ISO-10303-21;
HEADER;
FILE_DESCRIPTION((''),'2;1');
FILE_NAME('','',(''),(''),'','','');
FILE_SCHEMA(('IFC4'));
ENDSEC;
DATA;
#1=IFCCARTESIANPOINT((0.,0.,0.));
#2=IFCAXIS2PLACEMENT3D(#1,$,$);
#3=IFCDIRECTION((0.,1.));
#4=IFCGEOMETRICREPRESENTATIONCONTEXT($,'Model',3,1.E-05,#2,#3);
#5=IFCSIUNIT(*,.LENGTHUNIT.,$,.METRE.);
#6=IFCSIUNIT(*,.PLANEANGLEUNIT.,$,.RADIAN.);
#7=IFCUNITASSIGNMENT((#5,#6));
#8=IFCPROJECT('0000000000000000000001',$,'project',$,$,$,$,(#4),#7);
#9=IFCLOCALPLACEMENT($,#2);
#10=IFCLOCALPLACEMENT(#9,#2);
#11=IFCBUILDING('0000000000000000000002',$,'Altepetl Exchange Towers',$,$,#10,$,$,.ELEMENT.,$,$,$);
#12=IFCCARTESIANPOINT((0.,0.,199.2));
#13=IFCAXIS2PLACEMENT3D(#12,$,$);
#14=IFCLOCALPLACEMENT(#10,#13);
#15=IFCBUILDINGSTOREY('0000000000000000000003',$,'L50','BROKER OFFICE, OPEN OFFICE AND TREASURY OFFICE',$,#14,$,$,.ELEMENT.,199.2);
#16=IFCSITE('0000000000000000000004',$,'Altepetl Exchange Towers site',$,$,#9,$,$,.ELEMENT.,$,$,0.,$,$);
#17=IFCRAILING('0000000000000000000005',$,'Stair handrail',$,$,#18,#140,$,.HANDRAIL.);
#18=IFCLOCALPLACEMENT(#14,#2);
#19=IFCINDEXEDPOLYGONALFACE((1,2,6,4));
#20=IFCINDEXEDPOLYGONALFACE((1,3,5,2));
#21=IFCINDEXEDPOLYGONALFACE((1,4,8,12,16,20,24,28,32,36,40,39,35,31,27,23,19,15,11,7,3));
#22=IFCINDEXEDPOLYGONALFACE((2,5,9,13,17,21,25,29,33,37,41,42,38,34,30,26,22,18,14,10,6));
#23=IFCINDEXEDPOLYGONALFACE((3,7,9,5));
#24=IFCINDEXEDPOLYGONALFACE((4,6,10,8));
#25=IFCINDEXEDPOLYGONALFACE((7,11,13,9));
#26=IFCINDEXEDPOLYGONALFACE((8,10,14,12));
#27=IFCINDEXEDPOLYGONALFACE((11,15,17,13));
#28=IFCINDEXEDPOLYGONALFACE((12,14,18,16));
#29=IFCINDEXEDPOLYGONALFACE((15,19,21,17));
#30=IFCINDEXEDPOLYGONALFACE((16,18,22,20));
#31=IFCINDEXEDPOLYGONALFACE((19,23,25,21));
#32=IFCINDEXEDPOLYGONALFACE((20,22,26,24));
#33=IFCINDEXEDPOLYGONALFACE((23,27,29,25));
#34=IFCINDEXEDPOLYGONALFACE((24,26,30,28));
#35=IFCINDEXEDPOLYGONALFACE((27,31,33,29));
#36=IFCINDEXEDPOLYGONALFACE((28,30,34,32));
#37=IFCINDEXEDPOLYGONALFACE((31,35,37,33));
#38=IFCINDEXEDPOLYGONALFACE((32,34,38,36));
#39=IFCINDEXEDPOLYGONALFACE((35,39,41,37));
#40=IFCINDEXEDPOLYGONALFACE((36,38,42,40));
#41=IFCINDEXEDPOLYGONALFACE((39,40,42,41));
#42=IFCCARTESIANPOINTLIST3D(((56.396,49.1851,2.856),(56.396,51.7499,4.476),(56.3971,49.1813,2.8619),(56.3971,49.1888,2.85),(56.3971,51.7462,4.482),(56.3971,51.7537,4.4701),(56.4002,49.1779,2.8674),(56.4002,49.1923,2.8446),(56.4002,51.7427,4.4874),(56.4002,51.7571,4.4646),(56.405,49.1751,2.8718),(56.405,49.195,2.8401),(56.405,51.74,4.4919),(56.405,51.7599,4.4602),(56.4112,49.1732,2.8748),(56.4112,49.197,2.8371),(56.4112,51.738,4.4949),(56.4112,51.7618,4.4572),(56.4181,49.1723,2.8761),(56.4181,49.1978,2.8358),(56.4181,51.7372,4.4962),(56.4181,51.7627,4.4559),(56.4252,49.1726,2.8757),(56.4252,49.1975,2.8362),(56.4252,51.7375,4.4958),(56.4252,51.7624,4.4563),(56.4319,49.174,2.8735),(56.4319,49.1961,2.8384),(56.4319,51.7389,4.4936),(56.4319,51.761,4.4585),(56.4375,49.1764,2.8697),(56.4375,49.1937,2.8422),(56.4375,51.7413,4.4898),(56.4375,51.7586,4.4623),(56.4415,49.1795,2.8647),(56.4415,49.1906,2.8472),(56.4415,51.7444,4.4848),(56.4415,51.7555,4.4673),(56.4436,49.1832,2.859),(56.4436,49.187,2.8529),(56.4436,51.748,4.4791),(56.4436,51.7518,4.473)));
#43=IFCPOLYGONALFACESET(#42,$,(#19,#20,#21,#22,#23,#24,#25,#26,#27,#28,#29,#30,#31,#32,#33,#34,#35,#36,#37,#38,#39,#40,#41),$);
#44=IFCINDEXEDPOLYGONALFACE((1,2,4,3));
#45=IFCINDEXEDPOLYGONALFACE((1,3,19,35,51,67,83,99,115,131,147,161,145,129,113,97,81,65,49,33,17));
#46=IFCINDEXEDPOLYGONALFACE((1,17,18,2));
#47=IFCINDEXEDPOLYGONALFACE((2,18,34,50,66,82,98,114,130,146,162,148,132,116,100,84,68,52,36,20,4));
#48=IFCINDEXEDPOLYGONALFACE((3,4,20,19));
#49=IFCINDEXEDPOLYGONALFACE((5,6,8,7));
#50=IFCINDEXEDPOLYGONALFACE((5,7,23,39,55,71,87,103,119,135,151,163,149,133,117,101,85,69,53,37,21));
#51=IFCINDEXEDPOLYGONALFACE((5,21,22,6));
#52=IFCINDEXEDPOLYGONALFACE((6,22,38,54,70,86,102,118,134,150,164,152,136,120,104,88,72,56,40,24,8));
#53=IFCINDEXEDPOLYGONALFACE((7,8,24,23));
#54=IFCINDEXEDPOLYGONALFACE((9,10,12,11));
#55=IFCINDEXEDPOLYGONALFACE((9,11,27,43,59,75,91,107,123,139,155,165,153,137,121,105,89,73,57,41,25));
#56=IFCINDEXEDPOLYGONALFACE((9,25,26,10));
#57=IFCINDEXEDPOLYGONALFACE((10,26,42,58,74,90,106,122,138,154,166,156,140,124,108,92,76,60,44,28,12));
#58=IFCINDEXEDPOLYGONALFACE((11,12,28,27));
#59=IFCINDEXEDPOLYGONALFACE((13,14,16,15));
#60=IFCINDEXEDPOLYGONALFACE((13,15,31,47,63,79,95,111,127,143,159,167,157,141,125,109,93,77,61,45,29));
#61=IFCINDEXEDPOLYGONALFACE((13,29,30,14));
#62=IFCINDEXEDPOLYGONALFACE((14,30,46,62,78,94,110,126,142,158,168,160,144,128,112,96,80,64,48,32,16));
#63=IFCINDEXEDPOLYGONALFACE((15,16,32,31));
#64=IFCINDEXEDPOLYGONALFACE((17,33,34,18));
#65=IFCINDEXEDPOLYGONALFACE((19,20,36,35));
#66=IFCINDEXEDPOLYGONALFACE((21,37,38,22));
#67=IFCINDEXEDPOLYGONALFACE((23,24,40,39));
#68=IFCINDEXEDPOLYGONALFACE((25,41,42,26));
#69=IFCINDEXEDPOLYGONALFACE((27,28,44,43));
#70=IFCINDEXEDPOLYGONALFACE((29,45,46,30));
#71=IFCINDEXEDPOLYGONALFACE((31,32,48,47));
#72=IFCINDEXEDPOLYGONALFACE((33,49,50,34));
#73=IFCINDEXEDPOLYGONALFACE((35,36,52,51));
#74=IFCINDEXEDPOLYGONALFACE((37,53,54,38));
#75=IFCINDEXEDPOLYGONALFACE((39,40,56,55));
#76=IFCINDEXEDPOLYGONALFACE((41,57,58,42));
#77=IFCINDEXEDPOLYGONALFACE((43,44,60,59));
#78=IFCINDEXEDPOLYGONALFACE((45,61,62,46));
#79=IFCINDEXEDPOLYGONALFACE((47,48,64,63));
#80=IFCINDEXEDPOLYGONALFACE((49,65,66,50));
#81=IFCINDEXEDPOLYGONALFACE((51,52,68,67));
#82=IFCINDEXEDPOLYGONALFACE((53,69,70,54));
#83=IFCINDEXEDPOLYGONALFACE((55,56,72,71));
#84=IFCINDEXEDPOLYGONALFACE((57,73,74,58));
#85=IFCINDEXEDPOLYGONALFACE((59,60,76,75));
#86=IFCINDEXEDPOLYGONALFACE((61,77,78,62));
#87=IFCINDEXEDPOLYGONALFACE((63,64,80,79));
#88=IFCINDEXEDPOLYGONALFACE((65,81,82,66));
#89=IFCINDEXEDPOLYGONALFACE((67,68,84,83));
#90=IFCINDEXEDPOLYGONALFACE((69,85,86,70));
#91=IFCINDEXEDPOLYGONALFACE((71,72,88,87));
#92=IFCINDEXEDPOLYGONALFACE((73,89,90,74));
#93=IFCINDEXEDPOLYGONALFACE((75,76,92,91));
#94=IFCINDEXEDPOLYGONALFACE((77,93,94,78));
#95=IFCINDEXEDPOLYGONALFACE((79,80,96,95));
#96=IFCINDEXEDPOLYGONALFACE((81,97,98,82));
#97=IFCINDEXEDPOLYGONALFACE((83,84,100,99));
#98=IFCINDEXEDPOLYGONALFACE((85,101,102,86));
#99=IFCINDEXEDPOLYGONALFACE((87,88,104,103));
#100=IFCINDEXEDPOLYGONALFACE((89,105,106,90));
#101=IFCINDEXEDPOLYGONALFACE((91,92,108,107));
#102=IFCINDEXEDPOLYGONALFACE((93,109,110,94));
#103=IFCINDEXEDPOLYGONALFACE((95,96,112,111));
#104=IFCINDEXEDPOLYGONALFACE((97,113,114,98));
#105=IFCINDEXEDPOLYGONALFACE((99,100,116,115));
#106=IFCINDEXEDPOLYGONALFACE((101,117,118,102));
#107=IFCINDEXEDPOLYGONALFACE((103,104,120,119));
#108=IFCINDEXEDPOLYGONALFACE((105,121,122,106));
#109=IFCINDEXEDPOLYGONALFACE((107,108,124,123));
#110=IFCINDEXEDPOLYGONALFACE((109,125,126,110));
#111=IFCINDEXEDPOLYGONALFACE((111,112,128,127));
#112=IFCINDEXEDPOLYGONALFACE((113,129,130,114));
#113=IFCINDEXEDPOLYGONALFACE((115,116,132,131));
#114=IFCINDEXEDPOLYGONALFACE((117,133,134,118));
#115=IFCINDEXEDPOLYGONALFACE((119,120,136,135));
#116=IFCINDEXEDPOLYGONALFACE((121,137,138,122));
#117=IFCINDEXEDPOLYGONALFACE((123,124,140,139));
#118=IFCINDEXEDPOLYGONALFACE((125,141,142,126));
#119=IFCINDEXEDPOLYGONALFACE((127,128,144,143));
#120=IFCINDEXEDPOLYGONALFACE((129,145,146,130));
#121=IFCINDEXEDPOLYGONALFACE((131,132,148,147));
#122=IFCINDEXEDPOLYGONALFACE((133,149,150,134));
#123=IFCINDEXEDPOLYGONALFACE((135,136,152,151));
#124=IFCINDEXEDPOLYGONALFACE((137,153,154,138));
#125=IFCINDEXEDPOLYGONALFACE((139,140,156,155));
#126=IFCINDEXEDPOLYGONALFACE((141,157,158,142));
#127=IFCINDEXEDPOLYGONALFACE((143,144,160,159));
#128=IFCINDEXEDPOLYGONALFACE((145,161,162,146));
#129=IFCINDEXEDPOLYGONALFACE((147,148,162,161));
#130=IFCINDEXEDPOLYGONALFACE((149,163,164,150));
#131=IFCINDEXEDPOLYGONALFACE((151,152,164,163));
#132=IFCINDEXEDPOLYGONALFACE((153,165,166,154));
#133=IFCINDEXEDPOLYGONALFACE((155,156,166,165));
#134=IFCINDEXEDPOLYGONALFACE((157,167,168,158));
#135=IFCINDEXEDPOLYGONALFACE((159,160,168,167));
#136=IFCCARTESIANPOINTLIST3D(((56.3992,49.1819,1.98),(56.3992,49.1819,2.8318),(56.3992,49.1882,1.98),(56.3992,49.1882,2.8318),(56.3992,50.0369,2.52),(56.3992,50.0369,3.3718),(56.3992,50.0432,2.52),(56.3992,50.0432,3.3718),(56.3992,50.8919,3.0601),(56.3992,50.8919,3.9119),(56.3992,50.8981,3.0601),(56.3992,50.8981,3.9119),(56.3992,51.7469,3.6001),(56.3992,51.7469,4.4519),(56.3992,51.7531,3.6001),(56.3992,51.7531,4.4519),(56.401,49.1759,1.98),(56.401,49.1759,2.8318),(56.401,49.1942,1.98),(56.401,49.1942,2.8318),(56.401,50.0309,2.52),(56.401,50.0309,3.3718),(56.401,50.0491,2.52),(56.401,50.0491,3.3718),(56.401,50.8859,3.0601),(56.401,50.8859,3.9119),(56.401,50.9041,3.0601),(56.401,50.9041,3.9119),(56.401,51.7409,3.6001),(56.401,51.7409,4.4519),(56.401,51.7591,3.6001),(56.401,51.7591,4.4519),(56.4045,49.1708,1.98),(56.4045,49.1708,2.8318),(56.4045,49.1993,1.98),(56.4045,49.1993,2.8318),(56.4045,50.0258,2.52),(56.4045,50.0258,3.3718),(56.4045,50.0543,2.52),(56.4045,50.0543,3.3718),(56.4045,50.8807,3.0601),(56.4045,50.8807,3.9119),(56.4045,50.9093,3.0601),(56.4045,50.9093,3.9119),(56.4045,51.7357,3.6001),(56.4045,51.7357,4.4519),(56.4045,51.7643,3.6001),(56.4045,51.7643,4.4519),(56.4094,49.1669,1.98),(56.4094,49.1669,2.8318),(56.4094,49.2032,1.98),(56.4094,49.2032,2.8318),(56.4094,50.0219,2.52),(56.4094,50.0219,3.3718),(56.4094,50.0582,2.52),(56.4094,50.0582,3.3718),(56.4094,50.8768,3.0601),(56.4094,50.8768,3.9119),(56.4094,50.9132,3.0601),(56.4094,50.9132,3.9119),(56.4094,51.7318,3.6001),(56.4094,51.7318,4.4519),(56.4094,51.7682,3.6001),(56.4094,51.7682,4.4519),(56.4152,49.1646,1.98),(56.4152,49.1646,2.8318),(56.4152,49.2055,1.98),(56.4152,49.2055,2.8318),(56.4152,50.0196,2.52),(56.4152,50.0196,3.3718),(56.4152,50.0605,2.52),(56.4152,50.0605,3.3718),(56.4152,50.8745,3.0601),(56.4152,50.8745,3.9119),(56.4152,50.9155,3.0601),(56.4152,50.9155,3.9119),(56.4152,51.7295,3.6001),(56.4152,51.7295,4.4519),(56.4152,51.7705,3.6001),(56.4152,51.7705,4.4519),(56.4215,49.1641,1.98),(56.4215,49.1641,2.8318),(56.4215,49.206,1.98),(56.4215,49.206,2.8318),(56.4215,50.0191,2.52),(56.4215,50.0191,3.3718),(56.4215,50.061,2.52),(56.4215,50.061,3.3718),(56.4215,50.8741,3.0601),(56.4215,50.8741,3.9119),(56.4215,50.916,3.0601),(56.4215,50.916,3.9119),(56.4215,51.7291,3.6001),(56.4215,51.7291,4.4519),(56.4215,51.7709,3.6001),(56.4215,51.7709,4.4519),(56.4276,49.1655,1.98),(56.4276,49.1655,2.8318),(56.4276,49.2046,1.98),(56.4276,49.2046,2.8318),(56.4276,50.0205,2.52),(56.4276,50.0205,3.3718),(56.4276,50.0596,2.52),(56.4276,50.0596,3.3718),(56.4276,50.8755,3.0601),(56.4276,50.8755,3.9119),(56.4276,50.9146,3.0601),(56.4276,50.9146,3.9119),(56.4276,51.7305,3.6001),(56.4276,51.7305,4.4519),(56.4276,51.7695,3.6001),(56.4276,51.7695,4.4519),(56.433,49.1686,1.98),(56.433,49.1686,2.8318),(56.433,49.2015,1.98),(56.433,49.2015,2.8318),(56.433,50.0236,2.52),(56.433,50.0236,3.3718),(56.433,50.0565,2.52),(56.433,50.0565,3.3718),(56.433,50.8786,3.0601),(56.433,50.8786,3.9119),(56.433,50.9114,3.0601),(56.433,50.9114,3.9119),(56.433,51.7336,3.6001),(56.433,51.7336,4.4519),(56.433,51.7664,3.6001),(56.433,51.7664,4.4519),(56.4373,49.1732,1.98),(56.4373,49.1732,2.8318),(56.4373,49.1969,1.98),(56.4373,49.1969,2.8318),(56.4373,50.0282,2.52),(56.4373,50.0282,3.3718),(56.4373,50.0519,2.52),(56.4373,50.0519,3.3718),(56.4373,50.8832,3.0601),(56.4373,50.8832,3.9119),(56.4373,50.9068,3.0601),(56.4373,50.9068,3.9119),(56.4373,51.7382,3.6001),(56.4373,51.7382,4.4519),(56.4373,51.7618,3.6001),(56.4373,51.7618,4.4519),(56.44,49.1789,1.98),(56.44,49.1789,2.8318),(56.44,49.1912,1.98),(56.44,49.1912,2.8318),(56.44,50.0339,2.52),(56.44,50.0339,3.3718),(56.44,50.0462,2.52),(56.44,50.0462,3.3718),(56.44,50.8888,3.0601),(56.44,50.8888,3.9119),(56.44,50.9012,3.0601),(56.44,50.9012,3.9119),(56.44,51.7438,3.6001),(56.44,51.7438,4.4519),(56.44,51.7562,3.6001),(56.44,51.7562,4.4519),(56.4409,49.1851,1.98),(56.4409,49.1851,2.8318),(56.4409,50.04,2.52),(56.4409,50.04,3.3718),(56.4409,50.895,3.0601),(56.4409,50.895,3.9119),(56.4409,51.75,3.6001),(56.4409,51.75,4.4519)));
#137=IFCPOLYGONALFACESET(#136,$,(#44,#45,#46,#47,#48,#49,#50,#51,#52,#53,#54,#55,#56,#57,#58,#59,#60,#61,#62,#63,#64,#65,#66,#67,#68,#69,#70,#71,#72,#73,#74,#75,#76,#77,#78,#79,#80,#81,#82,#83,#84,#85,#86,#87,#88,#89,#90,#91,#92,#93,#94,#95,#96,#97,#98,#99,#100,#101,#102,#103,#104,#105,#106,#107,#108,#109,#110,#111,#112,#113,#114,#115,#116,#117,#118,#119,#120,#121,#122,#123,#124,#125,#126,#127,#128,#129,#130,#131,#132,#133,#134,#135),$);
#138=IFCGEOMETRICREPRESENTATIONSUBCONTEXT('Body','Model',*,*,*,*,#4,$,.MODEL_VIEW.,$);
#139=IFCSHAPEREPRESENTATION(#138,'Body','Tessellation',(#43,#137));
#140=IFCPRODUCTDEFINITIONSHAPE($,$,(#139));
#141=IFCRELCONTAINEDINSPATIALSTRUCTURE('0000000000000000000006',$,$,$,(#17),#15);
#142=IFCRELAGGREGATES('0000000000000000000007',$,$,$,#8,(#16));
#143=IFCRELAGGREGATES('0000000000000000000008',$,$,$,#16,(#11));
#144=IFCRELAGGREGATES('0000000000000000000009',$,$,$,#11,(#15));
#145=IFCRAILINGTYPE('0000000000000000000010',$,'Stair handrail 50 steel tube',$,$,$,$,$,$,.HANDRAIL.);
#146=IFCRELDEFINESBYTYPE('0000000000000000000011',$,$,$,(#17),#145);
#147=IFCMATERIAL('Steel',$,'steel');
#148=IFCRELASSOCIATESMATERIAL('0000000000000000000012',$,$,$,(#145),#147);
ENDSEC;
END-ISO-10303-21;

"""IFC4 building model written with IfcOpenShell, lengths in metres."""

from ifc_helpers import new_model, si_unit, direction, frame, origin, origin_2d, place, context, subcontext, project, spatial, circle, extrude, source, transform, mapped, material, type_object, element, save


model = new_model("IFC4")

# Units and contexts
model_context = context("Model", 3, precision=1e-05, world=origin(), true_north=direction((0.0, 1.0)))
body_context = subcontext(model_context, "Body", "Model", "MODEL_VIEW")
ifc_project = project(units=[si_unit("LENGTHUNIT", "METRE"), si_unit("PLANEANGLEUNIT", "RADIAN")], contexts=[model_context])

# Site, building, storey
site_placement = place(None, origin())
site = spatial("IfcSite", under=ifc_project, at=site_placement, Name="Altepetl Exchange Towers site", CompositionType="ELEMENT", RefElevation=0.0)
building_placement = place(site_placement, origin())
building = spatial("IfcBuilding", under=site, at=building_placement, Name="Altepetl Exchange Towers", CompositionType="ELEMENT")
storey_placement = place(building_placement, frame((0.0, 0.0, 199.2)))
storey = spatial("IfcBuildingStorey", under=building, at=storey_placement, Name="L50", Description="BROKER OFFICE, OPEN OFFICE AND TREASURY OFFICE", CompositionType="ELEMENT", Elevation=199.2)

# Railing
ifc_material_1 = material(Name="Steel", Category="steel")
railing_type = type_object("IfcRailingType", Name="Stair handrail 50 steel tube", PredefinedType="HANDRAIL", material=ifc_material_1)
shared_shape = source(origin(), body_context, "Body", "SweptSolid", [
    extrude(circle(Radius=0.021, at=origin_2d()), origin(), (0.0, 0.0, 1.0), 0.8518),
])
railing_placement = place(storey_placement, frame((56.4199, 49.1851, 1.98)))
element("IfcRailing", 1, at=railing_placement, inside=storey, type_object=railing_type, Name="Stair handrail", PredefinedType="HANDRAIL", context=body_context, shape_type="SweptSolid", body=[
    extrude(circle(Radius=0.0239, at=origin_2d()), frame((0.0, 0.0, 0.876), z_axis=(0.0, 0.845466, 0.534029), x_axis=(-1.0, 0.0, 0.0)), (0.0, 0.0, 1.0), 3.0337),
    mapped(shared_shape, transform((0.0, 0.0, 0.0))),
    mapped(shared_shape, transform((0.0, 0.855, 0.54))),
    mapped(shared_shape, transform((0.0, 1.71, 1.0801))),
    mapped(shared_shape, transform((0.0, 2.5649, 1.6201))),
])

save(model, "model.ifc")
